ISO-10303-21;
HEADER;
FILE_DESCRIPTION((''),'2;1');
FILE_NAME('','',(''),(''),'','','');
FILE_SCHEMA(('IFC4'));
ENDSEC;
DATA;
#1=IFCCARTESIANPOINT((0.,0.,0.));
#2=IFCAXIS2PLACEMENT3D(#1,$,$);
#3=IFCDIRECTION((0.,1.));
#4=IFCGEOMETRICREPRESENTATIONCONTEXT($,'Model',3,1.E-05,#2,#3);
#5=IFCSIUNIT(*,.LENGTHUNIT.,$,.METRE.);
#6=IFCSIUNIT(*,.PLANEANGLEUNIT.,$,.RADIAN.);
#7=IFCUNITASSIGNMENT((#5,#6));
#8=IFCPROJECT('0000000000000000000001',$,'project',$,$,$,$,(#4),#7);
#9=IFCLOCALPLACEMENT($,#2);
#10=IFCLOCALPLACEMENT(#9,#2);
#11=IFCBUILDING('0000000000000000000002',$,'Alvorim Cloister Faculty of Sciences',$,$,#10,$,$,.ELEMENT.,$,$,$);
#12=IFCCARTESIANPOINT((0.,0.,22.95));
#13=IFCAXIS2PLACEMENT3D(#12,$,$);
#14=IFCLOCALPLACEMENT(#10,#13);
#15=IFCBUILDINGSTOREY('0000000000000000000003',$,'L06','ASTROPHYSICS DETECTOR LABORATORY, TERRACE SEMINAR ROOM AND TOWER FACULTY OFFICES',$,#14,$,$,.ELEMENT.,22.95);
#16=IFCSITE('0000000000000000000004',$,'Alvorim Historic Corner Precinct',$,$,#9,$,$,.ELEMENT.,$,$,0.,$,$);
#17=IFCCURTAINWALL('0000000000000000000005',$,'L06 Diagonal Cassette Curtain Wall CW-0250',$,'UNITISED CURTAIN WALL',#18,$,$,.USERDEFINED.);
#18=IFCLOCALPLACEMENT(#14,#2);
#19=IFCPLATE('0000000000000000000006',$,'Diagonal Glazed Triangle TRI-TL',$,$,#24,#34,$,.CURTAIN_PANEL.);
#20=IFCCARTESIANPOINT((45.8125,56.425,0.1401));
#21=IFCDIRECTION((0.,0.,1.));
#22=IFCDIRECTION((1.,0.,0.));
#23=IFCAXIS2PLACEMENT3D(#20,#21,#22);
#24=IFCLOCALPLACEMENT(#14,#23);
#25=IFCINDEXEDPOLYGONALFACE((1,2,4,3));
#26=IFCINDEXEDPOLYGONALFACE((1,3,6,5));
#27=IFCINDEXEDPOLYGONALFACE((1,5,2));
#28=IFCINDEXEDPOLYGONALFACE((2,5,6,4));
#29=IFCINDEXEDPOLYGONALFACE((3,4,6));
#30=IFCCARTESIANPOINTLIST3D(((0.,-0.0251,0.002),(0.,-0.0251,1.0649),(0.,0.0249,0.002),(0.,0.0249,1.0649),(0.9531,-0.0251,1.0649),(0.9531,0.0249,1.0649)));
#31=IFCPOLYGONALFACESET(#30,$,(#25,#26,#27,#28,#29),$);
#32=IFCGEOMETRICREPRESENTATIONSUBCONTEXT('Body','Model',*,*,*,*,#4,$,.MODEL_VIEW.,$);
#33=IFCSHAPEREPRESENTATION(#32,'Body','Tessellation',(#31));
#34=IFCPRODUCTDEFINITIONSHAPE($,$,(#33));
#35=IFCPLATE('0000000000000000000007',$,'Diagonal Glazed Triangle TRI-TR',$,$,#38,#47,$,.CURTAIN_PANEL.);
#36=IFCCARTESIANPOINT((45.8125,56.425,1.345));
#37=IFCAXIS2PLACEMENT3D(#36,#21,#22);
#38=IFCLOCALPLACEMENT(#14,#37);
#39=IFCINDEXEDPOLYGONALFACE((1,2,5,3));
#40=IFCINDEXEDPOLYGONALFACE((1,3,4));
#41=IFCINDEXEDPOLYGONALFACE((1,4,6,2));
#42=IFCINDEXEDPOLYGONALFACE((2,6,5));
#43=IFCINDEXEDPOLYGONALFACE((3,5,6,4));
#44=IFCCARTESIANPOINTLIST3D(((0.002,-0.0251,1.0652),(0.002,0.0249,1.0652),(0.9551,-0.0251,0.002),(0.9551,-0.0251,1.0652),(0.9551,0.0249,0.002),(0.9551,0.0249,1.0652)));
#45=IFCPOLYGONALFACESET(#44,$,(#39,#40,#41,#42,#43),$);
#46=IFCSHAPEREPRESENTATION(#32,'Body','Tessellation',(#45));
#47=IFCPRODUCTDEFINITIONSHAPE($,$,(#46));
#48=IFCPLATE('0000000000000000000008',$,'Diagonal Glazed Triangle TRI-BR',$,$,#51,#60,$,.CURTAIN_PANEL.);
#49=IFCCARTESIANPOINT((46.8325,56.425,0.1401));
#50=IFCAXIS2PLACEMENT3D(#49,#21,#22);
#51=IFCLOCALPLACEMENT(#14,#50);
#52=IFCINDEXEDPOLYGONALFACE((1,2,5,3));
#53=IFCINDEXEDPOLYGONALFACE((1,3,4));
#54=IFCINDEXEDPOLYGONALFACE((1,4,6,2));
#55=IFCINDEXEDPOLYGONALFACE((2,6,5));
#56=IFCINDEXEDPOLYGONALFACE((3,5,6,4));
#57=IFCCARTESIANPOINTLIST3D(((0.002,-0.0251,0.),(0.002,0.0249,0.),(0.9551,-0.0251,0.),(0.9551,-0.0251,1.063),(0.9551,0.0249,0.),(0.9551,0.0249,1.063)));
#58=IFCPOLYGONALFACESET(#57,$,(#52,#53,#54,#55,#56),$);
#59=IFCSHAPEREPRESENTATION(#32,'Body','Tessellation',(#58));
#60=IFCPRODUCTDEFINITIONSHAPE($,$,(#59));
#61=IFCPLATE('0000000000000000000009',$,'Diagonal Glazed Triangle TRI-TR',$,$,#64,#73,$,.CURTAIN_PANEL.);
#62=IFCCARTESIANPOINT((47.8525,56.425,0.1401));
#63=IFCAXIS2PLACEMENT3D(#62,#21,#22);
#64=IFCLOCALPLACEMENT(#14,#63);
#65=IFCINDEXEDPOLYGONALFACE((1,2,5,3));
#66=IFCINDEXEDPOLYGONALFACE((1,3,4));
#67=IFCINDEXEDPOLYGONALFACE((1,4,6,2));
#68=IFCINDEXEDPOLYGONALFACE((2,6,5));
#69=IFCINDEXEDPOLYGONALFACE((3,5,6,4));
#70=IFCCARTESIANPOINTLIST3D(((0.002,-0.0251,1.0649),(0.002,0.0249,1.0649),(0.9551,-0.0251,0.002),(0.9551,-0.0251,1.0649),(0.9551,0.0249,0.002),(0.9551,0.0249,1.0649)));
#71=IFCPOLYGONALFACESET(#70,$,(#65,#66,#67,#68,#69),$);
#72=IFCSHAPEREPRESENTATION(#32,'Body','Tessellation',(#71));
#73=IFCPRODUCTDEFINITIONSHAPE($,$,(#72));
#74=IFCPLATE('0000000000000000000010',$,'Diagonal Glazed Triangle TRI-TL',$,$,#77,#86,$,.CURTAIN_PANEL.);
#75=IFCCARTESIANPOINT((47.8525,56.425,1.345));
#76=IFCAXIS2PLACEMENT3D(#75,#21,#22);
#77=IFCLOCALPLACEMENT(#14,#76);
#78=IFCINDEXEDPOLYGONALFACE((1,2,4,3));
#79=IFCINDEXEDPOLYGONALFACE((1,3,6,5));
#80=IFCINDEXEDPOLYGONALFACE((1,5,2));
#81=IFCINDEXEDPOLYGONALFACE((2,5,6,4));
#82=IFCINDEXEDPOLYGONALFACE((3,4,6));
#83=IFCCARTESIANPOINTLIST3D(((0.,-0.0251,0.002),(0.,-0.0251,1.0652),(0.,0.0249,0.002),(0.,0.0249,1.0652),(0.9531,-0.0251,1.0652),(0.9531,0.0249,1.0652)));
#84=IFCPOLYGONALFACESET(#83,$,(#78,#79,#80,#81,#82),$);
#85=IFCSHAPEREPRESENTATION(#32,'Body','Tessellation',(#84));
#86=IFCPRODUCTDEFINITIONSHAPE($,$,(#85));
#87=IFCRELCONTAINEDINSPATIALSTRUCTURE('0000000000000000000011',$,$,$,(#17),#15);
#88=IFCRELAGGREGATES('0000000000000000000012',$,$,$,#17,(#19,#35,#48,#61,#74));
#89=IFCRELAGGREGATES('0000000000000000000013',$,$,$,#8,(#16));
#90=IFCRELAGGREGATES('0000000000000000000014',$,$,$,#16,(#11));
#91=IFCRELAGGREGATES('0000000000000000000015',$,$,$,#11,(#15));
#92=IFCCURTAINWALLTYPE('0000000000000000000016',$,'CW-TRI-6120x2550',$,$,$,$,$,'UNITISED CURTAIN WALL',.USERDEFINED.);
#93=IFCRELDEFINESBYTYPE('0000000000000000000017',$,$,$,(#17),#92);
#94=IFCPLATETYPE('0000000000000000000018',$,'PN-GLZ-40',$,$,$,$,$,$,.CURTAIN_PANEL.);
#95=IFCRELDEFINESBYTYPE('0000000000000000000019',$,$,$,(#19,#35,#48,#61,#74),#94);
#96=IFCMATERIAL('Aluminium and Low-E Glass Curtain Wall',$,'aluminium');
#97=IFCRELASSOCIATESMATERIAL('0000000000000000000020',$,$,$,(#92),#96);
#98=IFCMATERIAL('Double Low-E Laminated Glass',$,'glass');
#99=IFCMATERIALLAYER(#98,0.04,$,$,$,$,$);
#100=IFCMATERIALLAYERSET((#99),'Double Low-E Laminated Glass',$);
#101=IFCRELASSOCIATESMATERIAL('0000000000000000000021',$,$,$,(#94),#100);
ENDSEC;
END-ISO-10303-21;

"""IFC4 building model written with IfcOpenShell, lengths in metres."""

from ifc_helpers import new_model, si_unit, direction, frame, origin, place, context, subcontext, project, spatial, polyline, outline, extrude, material, layer, layer_set, type_object, element, aggregate, save


model = new_model("IFC4")

# Units and contexts
model_context = context("Model", 3, precision=1e-05, world=origin(), true_north=direction((0.0, 1.0)))
body_context = subcontext(model_context, "Body", "Model", "MODEL_VIEW")
ifc_project = project(units=[si_unit("LENGTHUNIT", "METRE"), si_unit("PLANEANGLEUNIT", "RADIAN")], contexts=[model_context])

# Site, building, storey
site_placement = place(None, origin())
site = spatial("IfcSite", under=ifc_project, at=site_placement, Name="Alvorim Historic Corner Precinct", CompositionType="ELEMENT", RefElevation=0.0)
building_placement = place(site_placement, origin())
building = spatial("IfcBuilding", under=site, at=building_placement, Name="Alvorim Cloister Faculty of Sciences", CompositionType="ELEMENT")
storey_placement = place(building_placement, frame((0.0, 0.0, 22.95)))
storey = spatial("IfcBuildingStorey", under=building, at=storey_placement, Name="L06", Description="ASTROPHYSICS DETECTOR LABORATORY, TERRACE SEMINAR ROOM AND TOWER FACULTY OFFICES", CompositionType="ELEMENT", Elevation=22.95)

# Curtain wall, plates
ifc_material_1 = material(Name="Aluminium and Low-E Glass Curtain Wall", Category="aluminium")
curtain_wall_type = type_object("IfcCurtainWallType", Name="CW-TRI-6120x2550", ElementType="UNITISED CURTAIN WALL", PredefinedType="USERDEFINED", material=ifc_material_1)
curtain_wall_placement = place(storey_placement, origin())
curtain_wall = element("IfcCurtainWall", 1, at=curtain_wall_placement, inside=storey, type_object=curtain_wall_type, Name="L06 Diagonal Cassette Curtain Wall CW-0250", ObjectType="UNITISED CURTAIN WALL", PredefinedType="USERDEFINED")
ifc_material_2 = material(Name="Double Low-E Laminated Glass", Category="glass")
ifc_layer = layer(ifc_material_2, 0.04)
ifc_layer_set = layer_set([ifc_layer], Name="Double Low-E Laminated Glass")
plate_type = type_object("IfcPlateType", Name="PN-GLZ-40", PredefinedType="CURTAIN_PANEL", material=ifc_layer_set)
plate_1_placement = place(storey_placement, frame((45.8125, 56.425, 0.1401), z_axis=(0.0, 0.0, 1.0), x_axis=(1.0, 0.0, 0.0)))
plate_1 = element("IfcPlate", 2, at=plate_1_placement, type_object=plate_type, Name="Diagonal Glazed Triangle TRI-TL", PredefinedType="CURTAIN_PANEL", context=body_context, shape_type="SweptSolid", body=[
    extrude(outline(polyline([(0.9531, 1.0649), (0.0, 1.0649), (0.0, 0.002), (0.9531, 1.0649)])), frame((0.0, 0.0249, 0.0), z_axis=(0.0, -1.0, 0.0), x_axis=(1.0, 0.0, 0.0)), (0.0, 0.0, 1.0), 0.05),
])
plate_2_placement = place(storey_placement, frame((45.8125, 56.425, 1.345), z_axis=(0.0, 0.0, 1.0), x_axis=(1.0, 0.0, 0.0)))
plate_2 = element("IfcPlate", 3, at=plate_2_placement, type_object=plate_type, Name="Diagonal Glazed Triangle TRI-TR", PredefinedType="CURTAIN_PANEL", context=body_context, shape_type="SweptSolid", body=[
    extrude(outline(polyline([(0.9551, 0.002), (0.9551, 1.0652), (0.002, 1.0652), (0.9551, 0.002)])), frame((0.0, 0.0249, 0.0), z_axis=(0.0, -1.0, 0.0), x_axis=(1.0, 0.0, 0.0)), (0.0, 0.0, 1.0), 0.05),
])
plate_3_placement = place(storey_placement, frame((46.8325, 56.425, 0.1401), z_axis=(0.0, 0.0, 1.0), x_axis=(1.0, 0.0, 0.0)))
plate_3 = element("IfcPlate", 4, at=plate_3_placement, type_object=plate_type, Name="Diagonal Glazed Triangle TRI-BR", PredefinedType="CURTAIN_PANEL", context=body_context, shape_type="SweptSolid", body=[
    extrude(outline(polyline([(0.002, 0.0), (0.9551, 0.0), (0.9551, 1.063), (0.002, 0.0)])), frame((0.0, 0.0249, 0.0), z_axis=(0.0, -1.0, 0.0), x_axis=(1.0, 0.0, 0.0)), (0.0, 0.0, 1.0), 0.05),
])
plate_4_placement = place(storey_placement, frame((47.8525, 56.425, 0.1401), z_axis=(0.0, 0.0, 1.0), x_axis=(1.0, 0.0, 0.0)))
plate_4 = element("IfcPlate", 5, at=plate_4_placement, type_object=plate_type, Name="Diagonal Glazed Triangle TRI-TR", PredefinedType="CURTAIN_PANEL", context=body_context, shape_type="SweptSolid", body=[
    extrude(outline(polyline([(0.9551, 0.002), (0.9551, 1.0649), (0.002, 1.0649), (0.9551, 0.002)])), frame((0.0, 0.0249, 0.0), z_axis=(0.0, -1.0, 0.0), x_axis=(1.0, 0.0, 0.0)), (0.0, 0.0, 1.0), 0.05),
])
plate_5_placement = place(storey_placement, frame((47.8525, 56.425, 1.345), z_axis=(0.0, 0.0, 1.0), x_axis=(1.0, 0.0, 0.0)))
plate_5 = element("IfcPlate", 6, at=plate_5_placement, type_object=plate_type, Name="Diagonal Glazed Triangle TRI-TL", PredefinedType="CURTAIN_PANEL", context=body_context, shape_type="SweptSolid", body=[
    extrude(outline(polyline([(0.9531, 1.0652), (0.0, 1.0652), (0.0, 0.002), (0.9531, 1.0652)])), frame((0.0, 0.0249, 0.0), z_axis=(0.0, -1.0, 0.0), x_axis=(1.0, 0.0, 0.0)), (0.0, 0.0, 1.0), 0.05),
])
aggregate(curtain_wall, [plate_1, plate_2, plate_3, plate_4, plate_5])

save(model, "model.ifc")
